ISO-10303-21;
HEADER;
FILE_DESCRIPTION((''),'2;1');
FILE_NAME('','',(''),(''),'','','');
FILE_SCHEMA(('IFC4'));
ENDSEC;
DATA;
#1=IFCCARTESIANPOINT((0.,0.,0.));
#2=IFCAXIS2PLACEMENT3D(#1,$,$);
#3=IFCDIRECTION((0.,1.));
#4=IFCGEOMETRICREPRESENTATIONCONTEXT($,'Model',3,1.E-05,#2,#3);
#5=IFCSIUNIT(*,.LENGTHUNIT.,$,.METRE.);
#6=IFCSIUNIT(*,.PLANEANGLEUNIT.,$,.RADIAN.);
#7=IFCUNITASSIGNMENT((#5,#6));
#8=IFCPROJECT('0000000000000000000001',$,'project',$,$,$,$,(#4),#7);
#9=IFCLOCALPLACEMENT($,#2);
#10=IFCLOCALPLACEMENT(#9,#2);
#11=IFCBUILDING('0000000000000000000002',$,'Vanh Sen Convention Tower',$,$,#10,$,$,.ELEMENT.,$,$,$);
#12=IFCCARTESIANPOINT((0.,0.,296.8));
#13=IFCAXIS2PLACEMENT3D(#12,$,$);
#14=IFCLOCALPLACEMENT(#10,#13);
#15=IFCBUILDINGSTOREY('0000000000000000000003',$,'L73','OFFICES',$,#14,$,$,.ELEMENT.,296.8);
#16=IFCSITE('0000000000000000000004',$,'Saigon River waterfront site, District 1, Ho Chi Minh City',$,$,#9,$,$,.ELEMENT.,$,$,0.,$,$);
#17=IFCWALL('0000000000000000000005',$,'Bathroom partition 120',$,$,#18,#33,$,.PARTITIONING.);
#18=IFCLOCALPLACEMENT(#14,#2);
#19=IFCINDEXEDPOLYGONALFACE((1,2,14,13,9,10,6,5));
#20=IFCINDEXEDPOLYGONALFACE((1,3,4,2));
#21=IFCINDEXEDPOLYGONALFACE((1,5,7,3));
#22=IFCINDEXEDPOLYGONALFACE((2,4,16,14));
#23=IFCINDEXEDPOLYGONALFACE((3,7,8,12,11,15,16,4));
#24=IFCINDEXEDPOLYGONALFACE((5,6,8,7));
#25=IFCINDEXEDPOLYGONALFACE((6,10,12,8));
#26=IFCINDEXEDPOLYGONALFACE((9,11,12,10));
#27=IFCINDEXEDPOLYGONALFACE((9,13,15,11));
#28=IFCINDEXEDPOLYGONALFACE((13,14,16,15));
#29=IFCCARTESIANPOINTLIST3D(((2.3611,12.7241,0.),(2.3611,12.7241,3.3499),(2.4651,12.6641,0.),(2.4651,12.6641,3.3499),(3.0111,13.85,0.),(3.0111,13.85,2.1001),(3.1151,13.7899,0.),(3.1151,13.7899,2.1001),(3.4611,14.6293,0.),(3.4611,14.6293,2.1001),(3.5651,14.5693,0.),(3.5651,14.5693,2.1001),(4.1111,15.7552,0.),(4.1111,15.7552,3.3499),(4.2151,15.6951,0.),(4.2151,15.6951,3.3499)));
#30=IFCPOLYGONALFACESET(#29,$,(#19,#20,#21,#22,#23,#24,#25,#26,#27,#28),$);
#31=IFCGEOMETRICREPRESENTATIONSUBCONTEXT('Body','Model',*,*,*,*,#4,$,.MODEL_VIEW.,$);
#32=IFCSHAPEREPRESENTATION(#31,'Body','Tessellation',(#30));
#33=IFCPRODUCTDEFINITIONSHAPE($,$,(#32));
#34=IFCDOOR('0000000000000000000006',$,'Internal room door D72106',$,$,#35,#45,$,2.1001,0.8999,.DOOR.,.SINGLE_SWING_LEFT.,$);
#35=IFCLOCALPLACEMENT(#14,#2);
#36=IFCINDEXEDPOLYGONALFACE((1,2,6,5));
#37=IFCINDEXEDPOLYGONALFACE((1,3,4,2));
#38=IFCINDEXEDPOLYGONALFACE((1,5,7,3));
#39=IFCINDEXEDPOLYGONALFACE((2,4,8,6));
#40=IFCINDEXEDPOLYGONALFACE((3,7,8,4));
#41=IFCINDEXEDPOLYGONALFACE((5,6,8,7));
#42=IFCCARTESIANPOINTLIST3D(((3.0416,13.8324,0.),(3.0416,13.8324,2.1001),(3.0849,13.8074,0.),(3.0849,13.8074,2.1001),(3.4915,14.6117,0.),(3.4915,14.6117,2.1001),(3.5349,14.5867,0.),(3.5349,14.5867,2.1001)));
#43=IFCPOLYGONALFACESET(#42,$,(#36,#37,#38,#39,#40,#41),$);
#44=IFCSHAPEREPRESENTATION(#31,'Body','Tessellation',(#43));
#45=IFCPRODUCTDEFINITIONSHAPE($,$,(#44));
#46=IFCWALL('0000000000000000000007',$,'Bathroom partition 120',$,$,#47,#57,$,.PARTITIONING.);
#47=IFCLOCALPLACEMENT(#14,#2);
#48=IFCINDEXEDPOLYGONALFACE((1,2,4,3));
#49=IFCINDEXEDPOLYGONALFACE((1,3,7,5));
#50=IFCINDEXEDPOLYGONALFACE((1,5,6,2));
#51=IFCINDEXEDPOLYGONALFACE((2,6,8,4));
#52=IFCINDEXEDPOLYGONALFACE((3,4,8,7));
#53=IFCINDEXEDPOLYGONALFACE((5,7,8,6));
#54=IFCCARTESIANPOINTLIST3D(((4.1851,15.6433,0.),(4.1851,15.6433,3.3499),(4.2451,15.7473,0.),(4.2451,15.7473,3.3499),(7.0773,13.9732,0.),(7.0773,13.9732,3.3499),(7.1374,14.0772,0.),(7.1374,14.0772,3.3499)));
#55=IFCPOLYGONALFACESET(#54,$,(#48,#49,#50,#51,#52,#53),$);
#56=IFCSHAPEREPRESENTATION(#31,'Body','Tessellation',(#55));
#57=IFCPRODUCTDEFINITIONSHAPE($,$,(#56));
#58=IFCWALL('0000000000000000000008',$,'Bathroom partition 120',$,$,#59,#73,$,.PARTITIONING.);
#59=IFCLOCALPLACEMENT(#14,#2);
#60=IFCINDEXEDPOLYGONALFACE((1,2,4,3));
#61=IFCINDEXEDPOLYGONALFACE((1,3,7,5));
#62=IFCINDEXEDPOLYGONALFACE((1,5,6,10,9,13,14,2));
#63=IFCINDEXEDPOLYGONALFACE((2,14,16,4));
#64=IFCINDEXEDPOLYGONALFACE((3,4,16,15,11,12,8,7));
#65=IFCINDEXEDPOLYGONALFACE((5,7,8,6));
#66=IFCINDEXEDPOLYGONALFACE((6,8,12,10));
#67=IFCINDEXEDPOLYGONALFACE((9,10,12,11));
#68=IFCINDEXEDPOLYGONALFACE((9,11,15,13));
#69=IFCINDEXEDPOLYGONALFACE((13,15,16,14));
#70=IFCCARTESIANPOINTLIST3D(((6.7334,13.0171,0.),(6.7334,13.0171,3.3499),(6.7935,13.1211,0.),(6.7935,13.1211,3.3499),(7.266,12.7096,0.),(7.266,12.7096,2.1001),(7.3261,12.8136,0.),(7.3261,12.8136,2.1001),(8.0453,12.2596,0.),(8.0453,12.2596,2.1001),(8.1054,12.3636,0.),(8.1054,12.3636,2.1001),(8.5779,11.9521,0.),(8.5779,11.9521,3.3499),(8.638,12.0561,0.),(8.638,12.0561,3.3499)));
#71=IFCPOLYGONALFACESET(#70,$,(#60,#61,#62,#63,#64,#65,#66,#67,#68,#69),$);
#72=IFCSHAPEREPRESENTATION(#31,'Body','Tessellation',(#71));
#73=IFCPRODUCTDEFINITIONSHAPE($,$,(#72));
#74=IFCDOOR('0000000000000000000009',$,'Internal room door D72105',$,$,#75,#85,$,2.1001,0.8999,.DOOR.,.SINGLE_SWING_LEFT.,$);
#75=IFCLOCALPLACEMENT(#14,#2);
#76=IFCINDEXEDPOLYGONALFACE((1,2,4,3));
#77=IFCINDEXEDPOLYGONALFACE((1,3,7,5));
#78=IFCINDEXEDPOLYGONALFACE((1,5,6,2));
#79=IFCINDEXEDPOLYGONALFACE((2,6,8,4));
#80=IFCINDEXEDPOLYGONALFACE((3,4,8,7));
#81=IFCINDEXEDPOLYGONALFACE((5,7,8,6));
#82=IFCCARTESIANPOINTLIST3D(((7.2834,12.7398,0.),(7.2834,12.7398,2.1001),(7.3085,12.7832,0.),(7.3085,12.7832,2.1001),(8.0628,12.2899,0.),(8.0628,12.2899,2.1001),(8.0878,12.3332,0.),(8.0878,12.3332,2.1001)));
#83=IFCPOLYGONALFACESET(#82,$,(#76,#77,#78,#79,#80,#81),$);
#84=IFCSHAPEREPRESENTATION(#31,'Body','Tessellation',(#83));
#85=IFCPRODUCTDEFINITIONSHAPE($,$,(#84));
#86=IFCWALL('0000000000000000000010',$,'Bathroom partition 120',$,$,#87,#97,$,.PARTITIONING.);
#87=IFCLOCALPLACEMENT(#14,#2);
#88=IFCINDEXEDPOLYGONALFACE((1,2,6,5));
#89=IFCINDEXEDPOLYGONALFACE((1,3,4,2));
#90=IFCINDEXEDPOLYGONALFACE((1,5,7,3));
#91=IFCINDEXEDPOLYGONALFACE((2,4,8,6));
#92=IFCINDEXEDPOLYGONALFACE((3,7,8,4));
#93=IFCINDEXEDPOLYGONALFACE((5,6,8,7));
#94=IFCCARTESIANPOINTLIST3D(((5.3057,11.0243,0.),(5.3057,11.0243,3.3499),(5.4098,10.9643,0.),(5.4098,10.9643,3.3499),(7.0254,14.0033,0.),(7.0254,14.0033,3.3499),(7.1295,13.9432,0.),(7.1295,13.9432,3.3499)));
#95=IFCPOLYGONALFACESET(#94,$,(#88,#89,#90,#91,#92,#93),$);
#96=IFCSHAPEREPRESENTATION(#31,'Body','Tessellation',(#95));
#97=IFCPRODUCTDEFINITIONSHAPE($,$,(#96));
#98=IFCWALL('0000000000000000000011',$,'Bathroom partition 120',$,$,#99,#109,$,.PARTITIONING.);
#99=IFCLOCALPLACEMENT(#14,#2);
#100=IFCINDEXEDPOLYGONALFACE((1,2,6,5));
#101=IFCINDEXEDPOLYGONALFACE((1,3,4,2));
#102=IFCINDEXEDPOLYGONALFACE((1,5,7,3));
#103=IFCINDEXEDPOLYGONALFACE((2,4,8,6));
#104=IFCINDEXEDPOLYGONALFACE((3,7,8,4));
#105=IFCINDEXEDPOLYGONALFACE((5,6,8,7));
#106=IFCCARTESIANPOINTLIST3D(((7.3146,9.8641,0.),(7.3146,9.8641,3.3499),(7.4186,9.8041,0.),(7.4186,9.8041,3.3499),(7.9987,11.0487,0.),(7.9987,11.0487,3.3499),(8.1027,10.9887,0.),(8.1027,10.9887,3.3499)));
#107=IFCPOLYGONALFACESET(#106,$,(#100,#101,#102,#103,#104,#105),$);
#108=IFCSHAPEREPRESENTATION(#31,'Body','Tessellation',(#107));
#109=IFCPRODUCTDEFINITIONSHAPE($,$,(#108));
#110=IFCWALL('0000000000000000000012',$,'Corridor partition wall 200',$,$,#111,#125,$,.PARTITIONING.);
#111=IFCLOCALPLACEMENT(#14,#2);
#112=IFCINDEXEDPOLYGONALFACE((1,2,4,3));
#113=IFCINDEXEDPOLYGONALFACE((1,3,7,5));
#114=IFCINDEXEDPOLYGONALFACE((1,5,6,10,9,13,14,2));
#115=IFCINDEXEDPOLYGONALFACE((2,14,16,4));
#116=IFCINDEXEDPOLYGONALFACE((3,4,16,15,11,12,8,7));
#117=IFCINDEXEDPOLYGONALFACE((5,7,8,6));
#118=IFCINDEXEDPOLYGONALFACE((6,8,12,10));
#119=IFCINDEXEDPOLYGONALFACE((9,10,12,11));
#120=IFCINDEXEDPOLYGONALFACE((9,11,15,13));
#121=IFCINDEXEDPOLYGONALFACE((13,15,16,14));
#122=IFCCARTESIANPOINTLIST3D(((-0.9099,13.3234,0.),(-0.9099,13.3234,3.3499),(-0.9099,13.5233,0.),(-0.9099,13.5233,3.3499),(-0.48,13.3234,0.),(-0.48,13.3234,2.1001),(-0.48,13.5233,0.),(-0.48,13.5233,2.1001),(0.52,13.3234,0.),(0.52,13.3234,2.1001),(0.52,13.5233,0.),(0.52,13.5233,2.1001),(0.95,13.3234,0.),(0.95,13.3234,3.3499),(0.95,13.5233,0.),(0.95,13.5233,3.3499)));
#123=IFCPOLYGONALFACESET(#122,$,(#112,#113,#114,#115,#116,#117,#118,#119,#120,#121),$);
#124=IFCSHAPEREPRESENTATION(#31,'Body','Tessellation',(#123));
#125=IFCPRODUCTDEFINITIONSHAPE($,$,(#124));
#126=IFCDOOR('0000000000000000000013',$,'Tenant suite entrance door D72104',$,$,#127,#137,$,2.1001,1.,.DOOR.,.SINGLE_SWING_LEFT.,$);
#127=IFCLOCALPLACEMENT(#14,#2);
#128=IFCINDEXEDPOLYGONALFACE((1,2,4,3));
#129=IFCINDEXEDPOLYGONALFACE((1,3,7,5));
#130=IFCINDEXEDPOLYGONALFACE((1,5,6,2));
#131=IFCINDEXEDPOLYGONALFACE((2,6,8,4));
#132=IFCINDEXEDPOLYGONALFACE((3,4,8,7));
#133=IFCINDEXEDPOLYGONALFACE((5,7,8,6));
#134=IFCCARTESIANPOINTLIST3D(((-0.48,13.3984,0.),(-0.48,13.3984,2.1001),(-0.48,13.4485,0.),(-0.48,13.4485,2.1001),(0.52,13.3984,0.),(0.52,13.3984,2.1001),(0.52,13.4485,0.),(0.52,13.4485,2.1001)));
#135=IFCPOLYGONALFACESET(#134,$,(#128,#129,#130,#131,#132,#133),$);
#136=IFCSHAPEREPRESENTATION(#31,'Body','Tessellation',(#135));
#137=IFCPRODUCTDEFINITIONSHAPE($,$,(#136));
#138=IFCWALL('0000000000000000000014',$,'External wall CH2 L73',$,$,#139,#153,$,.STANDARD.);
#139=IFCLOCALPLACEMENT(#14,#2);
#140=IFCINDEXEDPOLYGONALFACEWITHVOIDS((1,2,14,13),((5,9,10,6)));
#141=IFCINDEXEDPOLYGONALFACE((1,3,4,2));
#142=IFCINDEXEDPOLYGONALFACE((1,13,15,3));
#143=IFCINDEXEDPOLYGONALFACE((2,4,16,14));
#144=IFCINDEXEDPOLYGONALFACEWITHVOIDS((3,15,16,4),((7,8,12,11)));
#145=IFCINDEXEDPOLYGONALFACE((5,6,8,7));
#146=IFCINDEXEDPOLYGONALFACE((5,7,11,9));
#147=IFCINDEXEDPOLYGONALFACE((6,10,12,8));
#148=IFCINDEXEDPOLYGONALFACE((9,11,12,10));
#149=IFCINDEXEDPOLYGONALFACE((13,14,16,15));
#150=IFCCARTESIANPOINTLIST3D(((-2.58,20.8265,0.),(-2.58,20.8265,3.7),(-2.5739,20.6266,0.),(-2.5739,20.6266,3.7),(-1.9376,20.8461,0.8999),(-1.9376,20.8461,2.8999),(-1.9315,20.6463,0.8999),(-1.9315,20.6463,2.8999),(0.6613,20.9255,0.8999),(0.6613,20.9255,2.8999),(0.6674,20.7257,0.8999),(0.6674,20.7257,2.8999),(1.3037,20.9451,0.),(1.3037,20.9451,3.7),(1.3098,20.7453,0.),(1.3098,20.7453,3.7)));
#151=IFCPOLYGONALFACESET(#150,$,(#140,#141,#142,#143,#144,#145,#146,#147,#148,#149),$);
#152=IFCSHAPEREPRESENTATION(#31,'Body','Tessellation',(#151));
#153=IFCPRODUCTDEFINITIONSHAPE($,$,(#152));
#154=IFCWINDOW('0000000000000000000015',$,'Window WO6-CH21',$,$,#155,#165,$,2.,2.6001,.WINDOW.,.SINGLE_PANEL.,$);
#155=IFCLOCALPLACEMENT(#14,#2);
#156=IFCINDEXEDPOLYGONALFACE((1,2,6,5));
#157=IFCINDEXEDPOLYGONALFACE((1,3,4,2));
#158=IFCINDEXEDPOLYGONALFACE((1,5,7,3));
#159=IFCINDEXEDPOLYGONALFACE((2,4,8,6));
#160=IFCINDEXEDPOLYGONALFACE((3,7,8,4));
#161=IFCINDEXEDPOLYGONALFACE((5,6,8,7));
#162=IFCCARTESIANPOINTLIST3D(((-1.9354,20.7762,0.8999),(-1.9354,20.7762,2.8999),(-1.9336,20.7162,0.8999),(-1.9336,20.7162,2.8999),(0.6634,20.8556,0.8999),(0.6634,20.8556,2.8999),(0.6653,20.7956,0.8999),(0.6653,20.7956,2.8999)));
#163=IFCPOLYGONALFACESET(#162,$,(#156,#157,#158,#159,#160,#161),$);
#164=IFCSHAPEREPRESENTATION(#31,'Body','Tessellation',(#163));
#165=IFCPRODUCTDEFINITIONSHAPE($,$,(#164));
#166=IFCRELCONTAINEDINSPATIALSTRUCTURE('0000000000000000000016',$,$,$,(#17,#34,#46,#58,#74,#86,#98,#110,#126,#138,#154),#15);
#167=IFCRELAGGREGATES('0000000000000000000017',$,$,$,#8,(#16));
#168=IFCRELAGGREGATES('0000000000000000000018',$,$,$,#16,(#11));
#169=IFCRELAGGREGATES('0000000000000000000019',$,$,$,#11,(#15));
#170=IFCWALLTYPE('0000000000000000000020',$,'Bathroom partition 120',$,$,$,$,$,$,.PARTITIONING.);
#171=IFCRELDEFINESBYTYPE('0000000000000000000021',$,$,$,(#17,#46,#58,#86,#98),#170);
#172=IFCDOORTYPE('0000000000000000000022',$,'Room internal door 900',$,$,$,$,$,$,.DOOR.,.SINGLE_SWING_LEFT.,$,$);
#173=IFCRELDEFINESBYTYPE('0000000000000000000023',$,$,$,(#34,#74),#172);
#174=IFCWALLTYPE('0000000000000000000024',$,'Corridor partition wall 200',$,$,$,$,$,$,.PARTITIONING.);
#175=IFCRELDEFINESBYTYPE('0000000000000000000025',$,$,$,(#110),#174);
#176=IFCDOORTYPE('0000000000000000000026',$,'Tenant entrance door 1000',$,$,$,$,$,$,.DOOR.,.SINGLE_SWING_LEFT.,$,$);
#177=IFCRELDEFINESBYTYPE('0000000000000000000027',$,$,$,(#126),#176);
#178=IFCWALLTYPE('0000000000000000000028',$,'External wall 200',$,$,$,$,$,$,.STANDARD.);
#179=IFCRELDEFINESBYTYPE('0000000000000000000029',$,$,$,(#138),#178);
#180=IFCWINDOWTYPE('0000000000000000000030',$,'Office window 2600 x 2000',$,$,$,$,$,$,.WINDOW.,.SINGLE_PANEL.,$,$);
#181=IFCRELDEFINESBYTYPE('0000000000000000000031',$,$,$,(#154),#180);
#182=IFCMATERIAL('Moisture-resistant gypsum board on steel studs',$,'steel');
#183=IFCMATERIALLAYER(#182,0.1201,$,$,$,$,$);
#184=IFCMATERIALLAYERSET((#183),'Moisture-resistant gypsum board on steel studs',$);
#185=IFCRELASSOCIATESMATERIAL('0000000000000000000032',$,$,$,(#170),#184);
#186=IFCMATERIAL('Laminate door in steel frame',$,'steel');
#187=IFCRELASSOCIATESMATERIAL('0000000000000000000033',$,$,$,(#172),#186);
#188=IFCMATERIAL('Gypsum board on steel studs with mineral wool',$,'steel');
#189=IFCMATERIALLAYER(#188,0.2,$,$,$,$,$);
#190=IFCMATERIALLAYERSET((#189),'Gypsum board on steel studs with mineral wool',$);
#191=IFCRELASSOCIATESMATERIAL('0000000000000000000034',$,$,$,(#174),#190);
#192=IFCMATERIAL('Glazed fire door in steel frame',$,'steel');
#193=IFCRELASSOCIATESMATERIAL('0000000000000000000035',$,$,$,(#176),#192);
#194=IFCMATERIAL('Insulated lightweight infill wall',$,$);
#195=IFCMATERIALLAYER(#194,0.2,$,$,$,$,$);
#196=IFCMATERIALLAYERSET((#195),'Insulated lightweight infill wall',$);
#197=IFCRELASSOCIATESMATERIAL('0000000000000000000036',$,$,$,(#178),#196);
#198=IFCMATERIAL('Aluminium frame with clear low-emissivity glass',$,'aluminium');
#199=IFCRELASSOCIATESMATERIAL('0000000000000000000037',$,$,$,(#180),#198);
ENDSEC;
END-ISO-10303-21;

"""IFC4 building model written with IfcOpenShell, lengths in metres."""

from ifc_helpers import new_model, si_unit, direction, frame, frame_2d, origin, place, context, subcontext, project, spatial, rectangle, extrude, material, layer, layer_set, type_object, element, fill, save


model = new_model("IFC4")

# Units and contexts
model_context = context("Model", 3, precision=1e-05, world=origin(), true_north=direction((0.0, 1.0)))
body_context = subcontext(model_context, "Body", "Model", "MODEL_VIEW")
ifc_project = project(units=[si_unit("LENGTHUNIT", "METRE"), si_unit("PLANEANGLEUNIT", "RADIAN")], contexts=[model_context])

# Site, building, storey
site_placement = place(None, origin())
site = spatial("IfcSite", under=ifc_project, at=site_placement, Name="Saigon River waterfront site, District 1, Ho Chi Minh City", CompositionType="ELEMENT", RefElevation=0.0)
building_placement = place(site_placement, origin())
building = spatial("IfcBuilding", under=site, at=building_placement, Name="Vanh Sen Convention Tower", CompositionType="ELEMENT")
storey_placement = place(building_placement, frame((0.0, 0.0, 296.8)))
storey = spatial("IfcBuildingStorey", under=building, at=storey_placement, Name="L73", Description="OFFICES", CompositionType="ELEMENT", Elevation=296.8)

# Wall, opening, door
ifc_material_1 = material(Name="Moisture-resistant gypsum board on steel studs", Category="steel")
ifc_layer_1 = layer(ifc_material_1, 0.1201)
ifc_layer_set_1 = layer_set([ifc_layer_1], Name="Moisture-resistant gypsum board on steel studs")
wall_type_1 = type_object("IfcWallType", Name="Bathroom partition 120", PredefinedType="PARTITIONING", material=ifc_layer_set_1)
wall_1_placement = place(storey_placement, frame((2.4131, 12.6941, 0.0), z_axis=(0.0, 0.0, 1.0), x_axis=(0.50001, 0.866019, 0.0)))
wall_1 = element("IfcWall", 1, at=wall_1_placement, inside=storey, type_object=wall_type_1, Name="Bathroom partition 120", PredefinedType="PARTITIONING", context=body_context, shape_type="SweptSolid", body=[
    extrude(rectangle(XDim=3.5, YDim=0.1201, at=frame_2d((1.75, 0.0))), origin(), (0.0, 0.0, 1.0), 3.3499),
])
opening_1_placement = place(wall_1_placement, frame((1.3, 0.0, 0.0)))
opening_1 = element("IfcOpeningElement", 2, at=opening_1_placement, cuts=wall_1, PredefinedType="OPENING", context=body_context, shape_type="SweptSolid", body=[
    extrude(rectangle(XDim=0.8999, YDim=2.1001, at=frame_2d((0.45, 1.05))), frame((0.0, 0.0701, 0.0), z_axis=(0.0, -1.0, 0.0), x_axis=(1.0, 0.0, 0.0)), (0.0, 0.0, 1.0), 0.1401),
])
ifc_material_2 = material(Name="Laminate door in steel frame", Category="steel")
door_type_1 = type_object("IfcDoorType", Name="Room internal door 900", OperationType="SINGLE_SWING_LEFT", PredefinedType="DOOR", material=ifc_material_2)
door_1_placement = place(opening_1_placement, origin())
door_1 = element("IfcDoor", 3, at=door_1_placement, inside=storey, type_object=door_type_1, Name="Internal room door D72106", OperationType="SINGLE_SWING_LEFT", OverallHeight=2.1001, OverallWidth=0.8999, PredefinedType="DOOR", context=body_context, shape_type="SweptSolid", body=[
    extrude(rectangle(XDim=0.8999, YDim=2.1001, at=frame_2d((0.45, 1.05))), frame((0.0, 0.0249, 0.0), z_axis=(0.0, -1.0, 0.0), x_axis=(1.0, 0.0, 0.0)), (0.0, 0.0, 1.0), 0.05),
])
fill(opening_1, door_1)

# Wall
wall_2_placement = place(storey_placement, frame((4.2151, 15.6953, 0.0), z_axis=(0.0, 0.0, 1.0), x_axis=(0.86599, -0.500062, 0.0)))
element("IfcWall", 4, at=wall_2_placement, inside=storey, type_object=wall_type_1, Name="Bathroom partition 120", PredefinedType="PARTITIONING", context=body_context, shape_type="SweptSolid", body=[
    extrude(rectangle(XDim=3.3398, YDim=0.1201, at=frame_2d((1.6699, 0.0))), origin(), (0.0, 0.0, 1.0), 3.3499),
])

# Wall, opening, door
wall_3_placement = place(storey_placement, frame((6.7634, 13.0691, 0.0), z_axis=(0.0, 0.0, 1.0), x_axis=(0.86602, -0.50001, 0.0)))
wall_3 = element("IfcWall", 5, at=wall_3_placement, inside=storey, type_object=wall_type_1, Name="Bathroom partition 120", PredefinedType="PARTITIONING", context=body_context, shape_type="SweptSolid", body=[
    extrude(rectangle(XDim=2.1299, YDim=0.1201, at=frame_2d((1.0649, 0.0))), origin(), (0.0, 0.0, 1.0), 3.3499),
])
opening_2_placement = place(wall_3_placement, frame((0.615, 0.0, 0.0)))
opening_2 = element("IfcOpeningElement", 6, at=opening_2_placement, cuts=wall_3, PredefinedType="OPENING", context=body_context, shape_type="SweptSolid", body=[
    extrude(rectangle(XDim=0.8999, YDim=2.1001, at=frame_2d((0.45, 1.05))), frame((0.0, 0.0701, 0.0), z_axis=(0.0, -1.0, 0.0), x_axis=(1.0, 0.0, 0.0)), (0.0, 0.0, 1.0), 0.1401),
])
door_2_placement = place(opening_2_placement, origin())
door_2 = element("IfcDoor", 7, at=door_2_placement, inside=storey, type_object=door_type_1, Name="Internal room door D72105", OperationType="SINGLE_SWING_LEFT", OverallHeight=2.1001, OverallWidth=0.8999, PredefinedType="DOOR", context=body_context, shape_type="SweptSolid", body=[
    extrude(rectangle(XDim=0.8999, YDim=2.1001, at=frame_2d((0.45, 1.05))), frame((0.0, 0.0249, 0.0), z_axis=(0.0, -1.0, 0.0), x_axis=(1.0, 0.0, 0.0)), (0.0, 0.0, 1.0), 0.05),
])
fill(opening_2, door_2)

# Walls
wall_4_placement = place(storey_placement, frame((7.0774, 13.9731, 0.0), z_axis=(0.0, 0.0, 1.0), x_axis=(-0.499956, -0.866051, 0.0)))
element("IfcWall", 8, at=wall_4_placement, inside=storey, type_object=wall_type_1, Name="Bathroom partition 120", PredefinedType="PARTITIONING", context=body_context, shape_type="SweptSolid", body=[
    extrude(rectangle(XDim=3.4397, YDim=0.1201, at=frame_2d((1.7197, 0.0))), origin(), (0.0, 0.0, 1.0), 3.3499),
])
wall_5_placement = place(storey_placement, frame((8.0508, 11.0188, 0.0), z_axis=(0.0, 0.0, 1.0), x_axis=(-0.500093, -0.865972, 0.0)))
element("IfcWall", 9, at=wall_5_placement, inside=storey, type_object=wall_type_1, Name="Bathroom partition 120", PredefinedType="PARTITIONING", context=body_context, shape_type="SweptSolid", body=[
    extrude(rectangle(XDim=1.3679, YDim=0.1201, at=frame_2d((0.6841, 0.0))), origin(), (0.0, 0.0, 1.0), 3.3499),
])

# Wall, opening, door
ifc_material_3 = material(Name="Gypsum board on steel studs with mineral wool", Category="steel")
ifc_layer_2 = layer(ifc_material_3, 0.2)
ifc_layer_set_2 = layer_set([ifc_layer_2], Name="Gypsum board on steel studs with mineral wool")
wall_type_2 = type_object("IfcWallType", Name="Corridor partition wall 200", PredefinedType="PARTITIONING", material=ifc_layer_set_2)
wall_6_placement = place(storey_placement, frame((0.95, 13.4233, 0.0), z_axis=(0.0, 0.0, 1.0), x_axis=(-1.0, 0.0, 0.0)))
wall_6 = element("IfcWall", 10, at=wall_6_placement, inside=storey, type_object=wall_type_2, Name="Corridor partition wall 200", PredefinedType="PARTITIONING", context=body_context, shape_type="SweptSolid", body=[
    extrude(rectangle(XDim=1.8599, YDim=0.2, at=frame_2d((0.9299, 0.0))), origin(), (0.0, 0.0, 1.0), 3.3499),
])
opening_3_placement = place(wall_6_placement, frame((0.4299, 0.0, 0.0)))
opening_3 = element("IfcOpeningElement", 11, at=opening_3_placement, cuts=wall_6, PredefinedType="OPENING", context=body_context, shape_type="SweptSolid", body=[
    extrude(rectangle(XDim=1.0, YDim=2.1001, at=frame_2d((0.5, 1.05))), frame((0.0, 0.1099, 0.0), z_axis=(0.0, -1.0, 0.0), x_axis=(1.0, 0.0, 0.0)), (0.0, 0.0, 1.0), 0.22),
])
ifc_material_4 = material(Name="Glazed fire door in steel frame", Category="steel")
door_type_2 = type_object("IfcDoorType", Name="Tenant entrance door 1000", OperationType="SINGLE_SWING_LEFT", PredefinedType="DOOR", material=ifc_material_4)
door_3_placement = place(opening_3_placement, origin())
door_3 = element("IfcDoor", 12, at=door_3_placement, inside=storey, type_object=door_type_2, Name="Tenant suite entrance door D72104", OperationType="SINGLE_SWING_LEFT", OverallHeight=2.1001, OverallWidth=1.0, PredefinedType="DOOR", context=body_context, shape_type="SweptSolid", body=[
    extrude(rectangle(XDim=1.0, YDim=2.1001, at=frame_2d((0.5, 1.05))), frame((0.0, 0.0249, 0.0), z_axis=(0.0, -1.0, 0.0), x_axis=(1.0, 0.0, 0.0)), (0.0, 0.0, 1.0), 0.05),
])
fill(opening_3, door_3)

# Wall, opening, window
ifc_material_5 = material(Name="Insulated lightweight infill wall")
ifc_layer_3 = layer(ifc_material_5, 0.2)
ifc_layer_set_3 = layer_set([ifc_layer_3], Name="Insulated lightweight infill wall")
wall_type_3 = type_object("IfcWallType", Name="External wall 200", PredefinedType="STANDARD", material=ifc_layer_set_3)
wall_7_placement = place(storey_placement, frame((1.3069, 20.8452, 0.0), z_axis=(0.0, 0.0, 1.0), x_axis=(-0.999534, -0.030536, 0.0)))
wall_7 = element("IfcWall", 13, at=wall_7_placement, inside=storey, type_object=wall_type_3, Name="External wall CH2 L73", PredefinedType="STANDARD", context=body_context, shape_type="SweptSolid", body=[
    extrude(rectangle(XDim=3.8855, YDim=0.2, at=frame_2d((1.9429, 0.0))), origin(), (0.0, 0.0, 1.0), 3.7),
])
opening_4_placement = place(wall_7_placement, frame((0.6428, 0.0, 0.8999)))
opening_4 = element("IfcOpeningElement", 14, at=opening_4_placement, cuts=wall_7, PredefinedType="OPENING", context=body_context, shape_type="SweptSolid", body=[
    extrude(rectangle(XDim=2.6001, YDim=2.0, at=frame_2d((1.3, 1.0))), frame((0.0, 0.1099, 0.0), z_axis=(0.0, -1.0, 0.0), x_axis=(1.0, 0.0, 0.0)), (0.0, 0.0, 1.0), 0.22),
])
ifc_material_6 = material(Name="Aluminium frame with clear low-emissivity glass", Category="aluminium")
window_type = type_object("IfcWindowType", Name="Office window 2600 x 2000", PartitioningType="SINGLE_PANEL", PredefinedType="WINDOW", material=ifc_material_6)
window_placement = place(opening_4_placement, origin())
window = element("IfcWindow", 15, at=window_placement, inside=storey, type_object=window_type, Name="Window WO6-CH21", OverallHeight=2.0, OverallWidth=2.6001, PartitioningType="SINGLE_PANEL", PredefinedType="WINDOW", context=body_context, shape_type="SweptSolid", body=[
    extrude(rectangle(XDim=2.6001, YDim=2.0, at=frame_2d((1.3, 1.0))), frame((0.0, 0.03, 0.0), z_axis=(0.0, -1.0, 0.0), x_axis=(1.0, 0.0, 0.0)), (0.0, 0.0, 1.0), 0.0601),
])
fill(opening_4, window)

save(model, "model.ifc")
